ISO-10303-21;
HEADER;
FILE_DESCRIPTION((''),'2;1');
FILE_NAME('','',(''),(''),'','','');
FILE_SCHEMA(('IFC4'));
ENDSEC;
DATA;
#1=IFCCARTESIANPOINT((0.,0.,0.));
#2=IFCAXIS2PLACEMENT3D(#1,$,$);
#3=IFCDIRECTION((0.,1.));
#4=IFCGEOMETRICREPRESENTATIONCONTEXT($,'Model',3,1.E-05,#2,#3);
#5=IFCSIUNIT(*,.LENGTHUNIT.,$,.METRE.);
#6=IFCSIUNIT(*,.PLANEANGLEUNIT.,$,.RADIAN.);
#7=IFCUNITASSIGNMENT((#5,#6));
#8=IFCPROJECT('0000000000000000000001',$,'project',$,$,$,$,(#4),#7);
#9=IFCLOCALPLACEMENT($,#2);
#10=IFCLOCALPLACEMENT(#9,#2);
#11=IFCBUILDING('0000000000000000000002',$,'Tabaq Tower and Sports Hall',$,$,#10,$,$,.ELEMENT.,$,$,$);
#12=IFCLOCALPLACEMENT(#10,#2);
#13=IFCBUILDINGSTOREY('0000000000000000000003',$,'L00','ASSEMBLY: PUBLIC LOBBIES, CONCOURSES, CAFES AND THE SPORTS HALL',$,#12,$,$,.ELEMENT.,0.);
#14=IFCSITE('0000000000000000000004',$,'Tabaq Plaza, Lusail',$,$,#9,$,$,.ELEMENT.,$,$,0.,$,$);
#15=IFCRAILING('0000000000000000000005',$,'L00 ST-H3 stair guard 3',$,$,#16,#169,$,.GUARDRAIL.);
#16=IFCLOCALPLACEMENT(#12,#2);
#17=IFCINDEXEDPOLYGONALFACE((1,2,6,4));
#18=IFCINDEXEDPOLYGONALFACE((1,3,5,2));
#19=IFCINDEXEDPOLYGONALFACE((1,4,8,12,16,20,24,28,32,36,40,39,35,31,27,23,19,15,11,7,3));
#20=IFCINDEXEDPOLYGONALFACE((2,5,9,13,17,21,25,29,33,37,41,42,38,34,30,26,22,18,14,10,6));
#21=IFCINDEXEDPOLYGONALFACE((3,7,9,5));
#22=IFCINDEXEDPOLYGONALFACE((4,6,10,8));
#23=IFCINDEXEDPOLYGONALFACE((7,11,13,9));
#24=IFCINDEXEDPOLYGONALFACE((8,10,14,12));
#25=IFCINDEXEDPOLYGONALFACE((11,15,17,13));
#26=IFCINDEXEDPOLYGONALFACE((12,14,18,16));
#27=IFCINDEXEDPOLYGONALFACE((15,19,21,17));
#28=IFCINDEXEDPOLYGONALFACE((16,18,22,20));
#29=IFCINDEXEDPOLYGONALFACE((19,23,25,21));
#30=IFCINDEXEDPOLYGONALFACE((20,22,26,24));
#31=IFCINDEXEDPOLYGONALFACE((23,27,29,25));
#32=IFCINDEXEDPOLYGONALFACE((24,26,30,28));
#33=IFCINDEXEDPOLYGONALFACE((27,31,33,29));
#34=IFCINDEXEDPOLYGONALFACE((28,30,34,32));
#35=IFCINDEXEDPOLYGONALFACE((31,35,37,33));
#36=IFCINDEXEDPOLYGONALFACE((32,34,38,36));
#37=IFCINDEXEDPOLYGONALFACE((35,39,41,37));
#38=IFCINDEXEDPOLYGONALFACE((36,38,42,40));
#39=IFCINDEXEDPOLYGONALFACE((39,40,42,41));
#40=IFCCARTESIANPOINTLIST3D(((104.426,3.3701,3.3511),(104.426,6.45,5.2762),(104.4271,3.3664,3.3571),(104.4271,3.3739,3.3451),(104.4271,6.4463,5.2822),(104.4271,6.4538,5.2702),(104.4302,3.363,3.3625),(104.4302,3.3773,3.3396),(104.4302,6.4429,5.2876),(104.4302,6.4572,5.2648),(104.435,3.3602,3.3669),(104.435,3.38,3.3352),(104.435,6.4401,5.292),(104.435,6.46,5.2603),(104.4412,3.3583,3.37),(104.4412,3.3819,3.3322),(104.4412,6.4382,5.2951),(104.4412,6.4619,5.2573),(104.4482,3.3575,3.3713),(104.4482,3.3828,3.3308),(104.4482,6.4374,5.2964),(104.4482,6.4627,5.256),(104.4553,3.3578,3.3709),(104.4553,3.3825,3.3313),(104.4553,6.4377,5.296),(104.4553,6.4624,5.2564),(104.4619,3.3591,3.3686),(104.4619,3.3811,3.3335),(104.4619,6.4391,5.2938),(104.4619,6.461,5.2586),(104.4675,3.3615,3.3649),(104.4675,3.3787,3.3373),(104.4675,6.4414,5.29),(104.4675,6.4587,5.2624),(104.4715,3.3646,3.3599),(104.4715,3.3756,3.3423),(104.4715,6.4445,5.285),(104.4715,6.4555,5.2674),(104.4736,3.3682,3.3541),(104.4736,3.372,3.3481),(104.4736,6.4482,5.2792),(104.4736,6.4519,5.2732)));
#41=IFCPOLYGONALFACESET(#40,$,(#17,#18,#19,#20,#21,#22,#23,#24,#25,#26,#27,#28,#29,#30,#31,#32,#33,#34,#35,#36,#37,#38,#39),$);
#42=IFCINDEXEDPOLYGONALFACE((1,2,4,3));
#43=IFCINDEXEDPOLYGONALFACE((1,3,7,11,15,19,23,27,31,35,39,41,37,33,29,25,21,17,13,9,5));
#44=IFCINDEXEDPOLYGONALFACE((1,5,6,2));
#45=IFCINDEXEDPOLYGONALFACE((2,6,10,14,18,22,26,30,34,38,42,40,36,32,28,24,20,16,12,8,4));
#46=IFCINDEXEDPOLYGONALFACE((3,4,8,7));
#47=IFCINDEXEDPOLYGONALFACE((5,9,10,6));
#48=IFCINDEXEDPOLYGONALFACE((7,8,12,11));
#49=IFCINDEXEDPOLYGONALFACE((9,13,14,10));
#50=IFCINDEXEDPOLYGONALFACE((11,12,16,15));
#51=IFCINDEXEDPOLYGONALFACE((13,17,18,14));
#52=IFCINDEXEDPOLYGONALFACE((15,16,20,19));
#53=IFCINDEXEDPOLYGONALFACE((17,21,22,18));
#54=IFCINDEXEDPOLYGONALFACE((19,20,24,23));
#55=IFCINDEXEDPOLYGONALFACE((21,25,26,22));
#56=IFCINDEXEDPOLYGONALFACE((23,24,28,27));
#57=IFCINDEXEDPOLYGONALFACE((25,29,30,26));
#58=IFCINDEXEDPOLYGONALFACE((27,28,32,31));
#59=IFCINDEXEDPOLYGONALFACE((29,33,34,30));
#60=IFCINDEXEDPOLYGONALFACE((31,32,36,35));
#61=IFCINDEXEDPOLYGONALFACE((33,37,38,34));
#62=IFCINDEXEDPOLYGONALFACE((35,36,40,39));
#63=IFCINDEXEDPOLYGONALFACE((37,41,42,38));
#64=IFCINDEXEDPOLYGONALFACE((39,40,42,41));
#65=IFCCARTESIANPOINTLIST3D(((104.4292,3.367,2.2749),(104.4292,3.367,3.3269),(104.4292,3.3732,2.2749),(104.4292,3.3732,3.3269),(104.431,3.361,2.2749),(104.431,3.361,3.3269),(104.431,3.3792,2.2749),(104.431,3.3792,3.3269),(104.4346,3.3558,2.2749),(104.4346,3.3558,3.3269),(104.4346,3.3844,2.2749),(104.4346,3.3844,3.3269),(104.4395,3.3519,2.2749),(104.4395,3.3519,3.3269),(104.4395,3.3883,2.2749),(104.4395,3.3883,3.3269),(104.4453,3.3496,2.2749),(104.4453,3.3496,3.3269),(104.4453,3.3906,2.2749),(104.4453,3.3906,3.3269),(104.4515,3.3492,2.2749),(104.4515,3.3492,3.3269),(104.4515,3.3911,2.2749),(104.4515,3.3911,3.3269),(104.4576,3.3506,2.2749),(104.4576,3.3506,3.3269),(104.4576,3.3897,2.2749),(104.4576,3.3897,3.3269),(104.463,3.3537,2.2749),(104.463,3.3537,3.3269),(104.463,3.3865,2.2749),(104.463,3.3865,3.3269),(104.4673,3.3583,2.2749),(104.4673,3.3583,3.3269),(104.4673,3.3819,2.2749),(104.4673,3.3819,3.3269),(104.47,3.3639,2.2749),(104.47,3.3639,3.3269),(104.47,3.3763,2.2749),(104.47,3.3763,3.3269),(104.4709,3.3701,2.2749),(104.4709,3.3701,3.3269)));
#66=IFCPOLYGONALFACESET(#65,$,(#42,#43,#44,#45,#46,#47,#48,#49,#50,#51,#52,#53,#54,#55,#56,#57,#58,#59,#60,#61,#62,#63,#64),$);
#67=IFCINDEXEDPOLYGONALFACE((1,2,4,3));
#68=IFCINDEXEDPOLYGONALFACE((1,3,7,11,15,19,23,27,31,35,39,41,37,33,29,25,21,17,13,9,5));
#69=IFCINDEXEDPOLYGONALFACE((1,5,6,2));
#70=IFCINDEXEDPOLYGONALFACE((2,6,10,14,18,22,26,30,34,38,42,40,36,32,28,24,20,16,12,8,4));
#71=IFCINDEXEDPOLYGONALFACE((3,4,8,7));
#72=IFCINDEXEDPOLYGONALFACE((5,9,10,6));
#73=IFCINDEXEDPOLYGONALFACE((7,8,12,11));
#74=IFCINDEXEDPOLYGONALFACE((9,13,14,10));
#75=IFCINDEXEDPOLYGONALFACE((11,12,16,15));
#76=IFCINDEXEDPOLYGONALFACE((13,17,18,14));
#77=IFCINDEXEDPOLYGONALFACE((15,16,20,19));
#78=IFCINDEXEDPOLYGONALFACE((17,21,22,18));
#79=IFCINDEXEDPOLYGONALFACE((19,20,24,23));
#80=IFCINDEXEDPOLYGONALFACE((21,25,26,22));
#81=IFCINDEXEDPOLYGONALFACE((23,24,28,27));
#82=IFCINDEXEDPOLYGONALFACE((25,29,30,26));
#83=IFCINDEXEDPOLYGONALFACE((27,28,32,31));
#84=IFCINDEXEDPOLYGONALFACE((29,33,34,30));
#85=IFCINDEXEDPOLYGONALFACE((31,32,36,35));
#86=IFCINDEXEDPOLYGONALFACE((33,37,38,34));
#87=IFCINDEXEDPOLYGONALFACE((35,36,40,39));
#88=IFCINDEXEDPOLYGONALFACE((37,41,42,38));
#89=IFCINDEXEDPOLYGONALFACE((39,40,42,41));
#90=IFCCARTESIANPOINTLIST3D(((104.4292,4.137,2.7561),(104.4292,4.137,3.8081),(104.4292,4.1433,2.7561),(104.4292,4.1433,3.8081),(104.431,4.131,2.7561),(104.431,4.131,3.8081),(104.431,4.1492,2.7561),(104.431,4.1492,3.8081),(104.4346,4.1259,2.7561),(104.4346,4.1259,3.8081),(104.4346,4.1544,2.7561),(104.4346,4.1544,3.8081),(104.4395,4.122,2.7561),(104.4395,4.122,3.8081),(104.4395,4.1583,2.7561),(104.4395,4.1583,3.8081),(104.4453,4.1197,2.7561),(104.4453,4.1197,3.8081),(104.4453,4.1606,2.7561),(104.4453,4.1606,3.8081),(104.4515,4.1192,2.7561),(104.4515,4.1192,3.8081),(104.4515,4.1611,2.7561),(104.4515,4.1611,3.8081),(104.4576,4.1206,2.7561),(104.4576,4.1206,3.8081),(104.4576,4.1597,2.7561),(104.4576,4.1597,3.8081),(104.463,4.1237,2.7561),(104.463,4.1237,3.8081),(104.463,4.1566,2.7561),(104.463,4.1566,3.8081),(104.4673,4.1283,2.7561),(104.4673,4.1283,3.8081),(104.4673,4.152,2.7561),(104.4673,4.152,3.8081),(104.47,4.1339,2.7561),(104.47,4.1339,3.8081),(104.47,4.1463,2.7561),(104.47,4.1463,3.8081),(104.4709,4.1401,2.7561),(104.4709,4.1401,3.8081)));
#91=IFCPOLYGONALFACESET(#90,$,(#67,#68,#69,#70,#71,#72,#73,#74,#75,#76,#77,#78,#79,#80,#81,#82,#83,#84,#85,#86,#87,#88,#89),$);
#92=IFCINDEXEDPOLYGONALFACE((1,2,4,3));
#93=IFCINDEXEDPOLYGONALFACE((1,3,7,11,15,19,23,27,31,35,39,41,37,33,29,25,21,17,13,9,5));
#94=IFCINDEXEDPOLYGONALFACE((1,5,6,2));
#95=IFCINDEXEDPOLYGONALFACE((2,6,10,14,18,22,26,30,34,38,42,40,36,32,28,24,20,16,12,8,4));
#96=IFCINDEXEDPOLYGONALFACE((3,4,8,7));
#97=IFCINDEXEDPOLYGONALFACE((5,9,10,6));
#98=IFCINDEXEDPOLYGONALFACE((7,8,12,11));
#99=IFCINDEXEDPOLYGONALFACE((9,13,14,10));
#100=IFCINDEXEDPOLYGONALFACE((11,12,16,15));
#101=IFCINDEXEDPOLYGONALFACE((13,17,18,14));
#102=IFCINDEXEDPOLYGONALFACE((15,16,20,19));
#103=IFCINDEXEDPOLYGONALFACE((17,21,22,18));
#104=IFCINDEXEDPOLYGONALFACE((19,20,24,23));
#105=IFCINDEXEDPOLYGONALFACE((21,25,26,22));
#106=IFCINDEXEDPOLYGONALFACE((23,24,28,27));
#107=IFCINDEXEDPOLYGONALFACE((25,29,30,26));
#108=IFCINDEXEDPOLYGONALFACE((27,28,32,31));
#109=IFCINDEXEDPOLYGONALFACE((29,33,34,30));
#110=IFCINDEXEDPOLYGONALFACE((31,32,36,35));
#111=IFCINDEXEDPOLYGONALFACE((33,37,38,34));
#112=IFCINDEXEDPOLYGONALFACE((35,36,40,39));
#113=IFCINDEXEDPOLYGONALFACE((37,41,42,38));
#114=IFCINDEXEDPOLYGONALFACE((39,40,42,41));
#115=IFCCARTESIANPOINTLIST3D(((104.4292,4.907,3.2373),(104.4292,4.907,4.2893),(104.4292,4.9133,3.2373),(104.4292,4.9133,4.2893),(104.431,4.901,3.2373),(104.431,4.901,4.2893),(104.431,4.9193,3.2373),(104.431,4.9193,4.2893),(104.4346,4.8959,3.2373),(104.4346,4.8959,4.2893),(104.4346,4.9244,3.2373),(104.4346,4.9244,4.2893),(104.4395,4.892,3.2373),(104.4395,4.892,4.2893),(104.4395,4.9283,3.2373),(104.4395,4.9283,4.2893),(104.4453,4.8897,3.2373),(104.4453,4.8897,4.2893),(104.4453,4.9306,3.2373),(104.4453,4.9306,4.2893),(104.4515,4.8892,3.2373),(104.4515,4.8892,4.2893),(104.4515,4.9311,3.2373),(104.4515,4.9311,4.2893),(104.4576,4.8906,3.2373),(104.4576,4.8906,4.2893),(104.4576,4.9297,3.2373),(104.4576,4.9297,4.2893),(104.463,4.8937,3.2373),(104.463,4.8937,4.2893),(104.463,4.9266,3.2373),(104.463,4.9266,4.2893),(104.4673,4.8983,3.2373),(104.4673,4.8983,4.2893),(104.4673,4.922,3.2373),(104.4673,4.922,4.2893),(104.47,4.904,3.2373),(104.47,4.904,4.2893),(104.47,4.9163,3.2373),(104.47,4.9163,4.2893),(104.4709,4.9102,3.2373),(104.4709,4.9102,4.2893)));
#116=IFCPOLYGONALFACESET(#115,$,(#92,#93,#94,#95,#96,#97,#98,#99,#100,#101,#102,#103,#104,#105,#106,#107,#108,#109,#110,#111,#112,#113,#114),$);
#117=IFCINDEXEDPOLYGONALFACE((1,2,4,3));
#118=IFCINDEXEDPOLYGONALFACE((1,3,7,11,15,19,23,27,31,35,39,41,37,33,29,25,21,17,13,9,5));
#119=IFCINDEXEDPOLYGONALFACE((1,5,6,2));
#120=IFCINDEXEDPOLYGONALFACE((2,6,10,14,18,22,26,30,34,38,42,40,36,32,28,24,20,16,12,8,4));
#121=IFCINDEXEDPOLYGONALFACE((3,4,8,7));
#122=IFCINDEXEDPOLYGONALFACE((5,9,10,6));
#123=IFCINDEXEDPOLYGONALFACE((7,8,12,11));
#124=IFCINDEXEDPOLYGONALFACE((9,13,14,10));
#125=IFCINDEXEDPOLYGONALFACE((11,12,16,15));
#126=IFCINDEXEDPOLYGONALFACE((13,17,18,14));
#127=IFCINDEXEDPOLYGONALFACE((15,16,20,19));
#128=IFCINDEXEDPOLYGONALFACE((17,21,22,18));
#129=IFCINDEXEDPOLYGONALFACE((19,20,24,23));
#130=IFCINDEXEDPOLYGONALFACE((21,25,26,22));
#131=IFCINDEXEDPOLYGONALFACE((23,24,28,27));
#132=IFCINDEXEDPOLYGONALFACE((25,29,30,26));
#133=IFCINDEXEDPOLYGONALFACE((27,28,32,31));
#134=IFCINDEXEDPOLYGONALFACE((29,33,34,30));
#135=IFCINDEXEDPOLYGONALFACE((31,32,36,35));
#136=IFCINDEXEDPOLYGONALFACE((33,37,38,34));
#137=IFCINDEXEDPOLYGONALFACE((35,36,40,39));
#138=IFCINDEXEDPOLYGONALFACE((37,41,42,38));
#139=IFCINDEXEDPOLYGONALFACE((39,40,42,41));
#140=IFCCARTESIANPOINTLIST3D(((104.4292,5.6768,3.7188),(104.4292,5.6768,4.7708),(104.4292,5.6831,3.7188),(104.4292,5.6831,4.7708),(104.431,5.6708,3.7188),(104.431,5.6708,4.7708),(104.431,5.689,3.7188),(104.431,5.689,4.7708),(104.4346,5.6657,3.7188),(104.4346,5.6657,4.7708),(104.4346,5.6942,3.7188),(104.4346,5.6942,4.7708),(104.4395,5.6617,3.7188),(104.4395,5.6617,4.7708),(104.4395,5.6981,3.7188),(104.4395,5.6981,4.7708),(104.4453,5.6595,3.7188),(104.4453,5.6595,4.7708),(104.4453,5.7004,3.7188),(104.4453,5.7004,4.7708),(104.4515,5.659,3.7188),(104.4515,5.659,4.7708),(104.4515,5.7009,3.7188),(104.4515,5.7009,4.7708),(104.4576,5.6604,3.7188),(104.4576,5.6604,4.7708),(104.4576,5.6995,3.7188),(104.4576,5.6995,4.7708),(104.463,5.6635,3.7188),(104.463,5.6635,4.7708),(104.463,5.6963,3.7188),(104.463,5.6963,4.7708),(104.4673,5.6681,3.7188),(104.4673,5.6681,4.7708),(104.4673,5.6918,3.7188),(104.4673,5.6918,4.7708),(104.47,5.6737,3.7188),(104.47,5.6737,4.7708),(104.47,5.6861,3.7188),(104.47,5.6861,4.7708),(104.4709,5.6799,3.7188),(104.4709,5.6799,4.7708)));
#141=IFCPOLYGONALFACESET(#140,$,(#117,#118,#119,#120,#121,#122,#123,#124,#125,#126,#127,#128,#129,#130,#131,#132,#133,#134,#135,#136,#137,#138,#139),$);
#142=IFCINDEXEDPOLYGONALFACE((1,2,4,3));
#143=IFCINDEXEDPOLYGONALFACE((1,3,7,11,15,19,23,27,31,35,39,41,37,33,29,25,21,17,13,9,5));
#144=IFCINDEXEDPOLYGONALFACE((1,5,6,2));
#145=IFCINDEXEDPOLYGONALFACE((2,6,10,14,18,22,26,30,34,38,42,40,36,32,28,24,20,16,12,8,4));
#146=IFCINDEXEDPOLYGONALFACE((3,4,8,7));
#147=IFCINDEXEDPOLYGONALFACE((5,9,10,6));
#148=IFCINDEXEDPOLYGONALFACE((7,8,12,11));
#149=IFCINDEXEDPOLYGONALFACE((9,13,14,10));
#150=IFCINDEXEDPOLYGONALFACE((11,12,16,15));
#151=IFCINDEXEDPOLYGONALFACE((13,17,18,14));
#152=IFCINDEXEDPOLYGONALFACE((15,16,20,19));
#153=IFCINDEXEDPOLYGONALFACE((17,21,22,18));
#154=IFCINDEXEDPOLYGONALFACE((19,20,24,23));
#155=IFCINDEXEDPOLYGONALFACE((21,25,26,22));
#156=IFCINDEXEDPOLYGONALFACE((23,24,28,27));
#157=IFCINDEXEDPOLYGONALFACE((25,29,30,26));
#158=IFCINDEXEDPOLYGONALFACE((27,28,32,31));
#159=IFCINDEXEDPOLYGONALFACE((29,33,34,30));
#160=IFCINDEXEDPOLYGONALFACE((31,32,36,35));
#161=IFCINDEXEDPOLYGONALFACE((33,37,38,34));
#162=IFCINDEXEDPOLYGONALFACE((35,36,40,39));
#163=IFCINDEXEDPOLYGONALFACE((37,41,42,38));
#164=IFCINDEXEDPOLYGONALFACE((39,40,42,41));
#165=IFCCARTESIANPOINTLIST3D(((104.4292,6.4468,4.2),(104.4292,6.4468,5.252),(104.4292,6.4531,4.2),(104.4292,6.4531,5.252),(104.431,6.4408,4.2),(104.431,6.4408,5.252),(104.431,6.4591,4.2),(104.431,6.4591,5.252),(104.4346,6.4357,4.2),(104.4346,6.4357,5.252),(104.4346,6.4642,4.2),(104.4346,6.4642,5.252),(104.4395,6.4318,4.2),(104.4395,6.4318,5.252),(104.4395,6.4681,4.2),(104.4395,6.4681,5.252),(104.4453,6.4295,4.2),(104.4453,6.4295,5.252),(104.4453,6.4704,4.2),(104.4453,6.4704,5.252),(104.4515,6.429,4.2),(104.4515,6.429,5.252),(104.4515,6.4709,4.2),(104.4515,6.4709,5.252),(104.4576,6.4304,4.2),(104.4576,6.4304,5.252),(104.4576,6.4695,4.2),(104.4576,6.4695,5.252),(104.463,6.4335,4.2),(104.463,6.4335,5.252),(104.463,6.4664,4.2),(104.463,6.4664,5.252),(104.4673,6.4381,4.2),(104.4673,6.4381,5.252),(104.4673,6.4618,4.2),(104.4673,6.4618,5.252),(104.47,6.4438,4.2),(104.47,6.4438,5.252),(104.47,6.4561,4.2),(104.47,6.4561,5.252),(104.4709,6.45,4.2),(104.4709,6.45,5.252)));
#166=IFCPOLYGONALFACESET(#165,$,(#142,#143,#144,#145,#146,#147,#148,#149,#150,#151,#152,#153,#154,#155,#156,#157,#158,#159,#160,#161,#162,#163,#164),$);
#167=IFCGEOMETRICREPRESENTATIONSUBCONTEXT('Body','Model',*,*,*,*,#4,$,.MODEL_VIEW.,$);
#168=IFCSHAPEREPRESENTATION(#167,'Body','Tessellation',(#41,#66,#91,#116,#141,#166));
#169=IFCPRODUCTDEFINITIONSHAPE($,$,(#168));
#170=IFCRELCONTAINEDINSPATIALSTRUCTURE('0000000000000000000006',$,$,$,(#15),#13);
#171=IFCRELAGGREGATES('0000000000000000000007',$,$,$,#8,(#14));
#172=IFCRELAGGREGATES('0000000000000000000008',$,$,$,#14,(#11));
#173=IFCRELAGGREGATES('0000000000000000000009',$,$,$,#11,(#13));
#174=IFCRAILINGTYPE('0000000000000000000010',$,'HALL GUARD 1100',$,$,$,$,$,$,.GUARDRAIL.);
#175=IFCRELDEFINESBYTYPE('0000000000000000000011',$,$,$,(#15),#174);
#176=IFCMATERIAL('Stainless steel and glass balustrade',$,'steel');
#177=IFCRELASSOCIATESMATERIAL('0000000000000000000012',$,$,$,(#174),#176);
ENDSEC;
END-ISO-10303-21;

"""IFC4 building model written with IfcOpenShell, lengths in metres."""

from ifc_helpers import new_model, si_unit, direction, frame, origin, origin_2d, place, context, subcontext, project, spatial, circle, extrude, material, type_object, element, save


model = new_model("IFC4")

# Units and contexts
model_context = context("Model", 3, precision=1e-05, world=origin(), true_north=direction((0.0, 1.0)))
body_context = subcontext(model_context, "Body", "Model", "MODEL_VIEW")
ifc_project = project(units=[si_unit("LENGTHUNIT", "METRE"), si_unit("PLANEANGLEUNIT", "RADIAN")], contexts=[model_context])

# Site, building, storey
site_placement = place(None, origin())
site = spatial("IfcSite", under=ifc_project, at=site_placement, Name="Tabaq Plaza, Lusail", CompositionType="ELEMENT", RefElevation=0.0)
building_placement = place(site_placement, origin())
building = spatial("IfcBuilding", under=site, at=building_placement, Name="Tabaq Tower and Sports Hall", CompositionType="ELEMENT")
storey_placement = place(building_placement, origin())
storey = spatial("IfcBuildingStorey", under=building, at=storey_placement, Name="L00", Description="ASSEMBLY: PUBLIC LOBBIES, CONCOURSES, CAFES AND THE SPORTS HALL", CompositionType="ELEMENT", Elevation=0.0)

# Railing
ifc_material_1 = material(Name="Stainless steel and glass balustrade", Category="steel")
railing_type = type_object("IfcRailingType", Name="HALL GUARD 1100", PredefinedType="GUARDRAIL", material=ifc_material_1)
railing_1_placement = place(storey_placement, frame((104.45, 3.3701, 2.2749)))
element("IfcRailing", 1, at=railing_1_placement, inside=storey, type_object=railing_type, Name="L00 ST-H3 stair guard 3", PredefinedType="GUARDRAIL", context=body_context, shape_type="SweptSolid", body=[
    extrude(circle(Radius=0.0239, at=origin_2d()), frame((0.0, 0.0, 1.0762), z_axis=(0.0, 0.847979, 0.530029), x_axis=(-1.0, 0.0, 0.0)), (0.0, 0.0, 1.0), 3.6321),
    extrude(circle(Radius=0.021, at=origin_2d()), origin(), (0.0, 0.0, 1.0), 1.052),
    extrude(circle(Radius=0.021, at=origin_2d()), frame((0.0, 0.77, 0.4812)), (0.0, 0.0, 1.0), 1.052),
    extrude(circle(Radius=0.021, at=origin_2d()), frame((0.0, 1.54, 0.9624)), (0.0, 0.0, 1.0), 1.052),
    extrude(circle(Radius=0.021, at=origin_2d()), frame((0.0, 2.3098, 1.4438)), (0.0, 0.0, 1.0), 1.052),
    extrude(circle(Radius=0.021, at=origin_2d()), frame((0.0, 3.0798, 1.925)), (0.0, 0.0, 1.0), 1.052),
])

save(model, "model.ifc")
